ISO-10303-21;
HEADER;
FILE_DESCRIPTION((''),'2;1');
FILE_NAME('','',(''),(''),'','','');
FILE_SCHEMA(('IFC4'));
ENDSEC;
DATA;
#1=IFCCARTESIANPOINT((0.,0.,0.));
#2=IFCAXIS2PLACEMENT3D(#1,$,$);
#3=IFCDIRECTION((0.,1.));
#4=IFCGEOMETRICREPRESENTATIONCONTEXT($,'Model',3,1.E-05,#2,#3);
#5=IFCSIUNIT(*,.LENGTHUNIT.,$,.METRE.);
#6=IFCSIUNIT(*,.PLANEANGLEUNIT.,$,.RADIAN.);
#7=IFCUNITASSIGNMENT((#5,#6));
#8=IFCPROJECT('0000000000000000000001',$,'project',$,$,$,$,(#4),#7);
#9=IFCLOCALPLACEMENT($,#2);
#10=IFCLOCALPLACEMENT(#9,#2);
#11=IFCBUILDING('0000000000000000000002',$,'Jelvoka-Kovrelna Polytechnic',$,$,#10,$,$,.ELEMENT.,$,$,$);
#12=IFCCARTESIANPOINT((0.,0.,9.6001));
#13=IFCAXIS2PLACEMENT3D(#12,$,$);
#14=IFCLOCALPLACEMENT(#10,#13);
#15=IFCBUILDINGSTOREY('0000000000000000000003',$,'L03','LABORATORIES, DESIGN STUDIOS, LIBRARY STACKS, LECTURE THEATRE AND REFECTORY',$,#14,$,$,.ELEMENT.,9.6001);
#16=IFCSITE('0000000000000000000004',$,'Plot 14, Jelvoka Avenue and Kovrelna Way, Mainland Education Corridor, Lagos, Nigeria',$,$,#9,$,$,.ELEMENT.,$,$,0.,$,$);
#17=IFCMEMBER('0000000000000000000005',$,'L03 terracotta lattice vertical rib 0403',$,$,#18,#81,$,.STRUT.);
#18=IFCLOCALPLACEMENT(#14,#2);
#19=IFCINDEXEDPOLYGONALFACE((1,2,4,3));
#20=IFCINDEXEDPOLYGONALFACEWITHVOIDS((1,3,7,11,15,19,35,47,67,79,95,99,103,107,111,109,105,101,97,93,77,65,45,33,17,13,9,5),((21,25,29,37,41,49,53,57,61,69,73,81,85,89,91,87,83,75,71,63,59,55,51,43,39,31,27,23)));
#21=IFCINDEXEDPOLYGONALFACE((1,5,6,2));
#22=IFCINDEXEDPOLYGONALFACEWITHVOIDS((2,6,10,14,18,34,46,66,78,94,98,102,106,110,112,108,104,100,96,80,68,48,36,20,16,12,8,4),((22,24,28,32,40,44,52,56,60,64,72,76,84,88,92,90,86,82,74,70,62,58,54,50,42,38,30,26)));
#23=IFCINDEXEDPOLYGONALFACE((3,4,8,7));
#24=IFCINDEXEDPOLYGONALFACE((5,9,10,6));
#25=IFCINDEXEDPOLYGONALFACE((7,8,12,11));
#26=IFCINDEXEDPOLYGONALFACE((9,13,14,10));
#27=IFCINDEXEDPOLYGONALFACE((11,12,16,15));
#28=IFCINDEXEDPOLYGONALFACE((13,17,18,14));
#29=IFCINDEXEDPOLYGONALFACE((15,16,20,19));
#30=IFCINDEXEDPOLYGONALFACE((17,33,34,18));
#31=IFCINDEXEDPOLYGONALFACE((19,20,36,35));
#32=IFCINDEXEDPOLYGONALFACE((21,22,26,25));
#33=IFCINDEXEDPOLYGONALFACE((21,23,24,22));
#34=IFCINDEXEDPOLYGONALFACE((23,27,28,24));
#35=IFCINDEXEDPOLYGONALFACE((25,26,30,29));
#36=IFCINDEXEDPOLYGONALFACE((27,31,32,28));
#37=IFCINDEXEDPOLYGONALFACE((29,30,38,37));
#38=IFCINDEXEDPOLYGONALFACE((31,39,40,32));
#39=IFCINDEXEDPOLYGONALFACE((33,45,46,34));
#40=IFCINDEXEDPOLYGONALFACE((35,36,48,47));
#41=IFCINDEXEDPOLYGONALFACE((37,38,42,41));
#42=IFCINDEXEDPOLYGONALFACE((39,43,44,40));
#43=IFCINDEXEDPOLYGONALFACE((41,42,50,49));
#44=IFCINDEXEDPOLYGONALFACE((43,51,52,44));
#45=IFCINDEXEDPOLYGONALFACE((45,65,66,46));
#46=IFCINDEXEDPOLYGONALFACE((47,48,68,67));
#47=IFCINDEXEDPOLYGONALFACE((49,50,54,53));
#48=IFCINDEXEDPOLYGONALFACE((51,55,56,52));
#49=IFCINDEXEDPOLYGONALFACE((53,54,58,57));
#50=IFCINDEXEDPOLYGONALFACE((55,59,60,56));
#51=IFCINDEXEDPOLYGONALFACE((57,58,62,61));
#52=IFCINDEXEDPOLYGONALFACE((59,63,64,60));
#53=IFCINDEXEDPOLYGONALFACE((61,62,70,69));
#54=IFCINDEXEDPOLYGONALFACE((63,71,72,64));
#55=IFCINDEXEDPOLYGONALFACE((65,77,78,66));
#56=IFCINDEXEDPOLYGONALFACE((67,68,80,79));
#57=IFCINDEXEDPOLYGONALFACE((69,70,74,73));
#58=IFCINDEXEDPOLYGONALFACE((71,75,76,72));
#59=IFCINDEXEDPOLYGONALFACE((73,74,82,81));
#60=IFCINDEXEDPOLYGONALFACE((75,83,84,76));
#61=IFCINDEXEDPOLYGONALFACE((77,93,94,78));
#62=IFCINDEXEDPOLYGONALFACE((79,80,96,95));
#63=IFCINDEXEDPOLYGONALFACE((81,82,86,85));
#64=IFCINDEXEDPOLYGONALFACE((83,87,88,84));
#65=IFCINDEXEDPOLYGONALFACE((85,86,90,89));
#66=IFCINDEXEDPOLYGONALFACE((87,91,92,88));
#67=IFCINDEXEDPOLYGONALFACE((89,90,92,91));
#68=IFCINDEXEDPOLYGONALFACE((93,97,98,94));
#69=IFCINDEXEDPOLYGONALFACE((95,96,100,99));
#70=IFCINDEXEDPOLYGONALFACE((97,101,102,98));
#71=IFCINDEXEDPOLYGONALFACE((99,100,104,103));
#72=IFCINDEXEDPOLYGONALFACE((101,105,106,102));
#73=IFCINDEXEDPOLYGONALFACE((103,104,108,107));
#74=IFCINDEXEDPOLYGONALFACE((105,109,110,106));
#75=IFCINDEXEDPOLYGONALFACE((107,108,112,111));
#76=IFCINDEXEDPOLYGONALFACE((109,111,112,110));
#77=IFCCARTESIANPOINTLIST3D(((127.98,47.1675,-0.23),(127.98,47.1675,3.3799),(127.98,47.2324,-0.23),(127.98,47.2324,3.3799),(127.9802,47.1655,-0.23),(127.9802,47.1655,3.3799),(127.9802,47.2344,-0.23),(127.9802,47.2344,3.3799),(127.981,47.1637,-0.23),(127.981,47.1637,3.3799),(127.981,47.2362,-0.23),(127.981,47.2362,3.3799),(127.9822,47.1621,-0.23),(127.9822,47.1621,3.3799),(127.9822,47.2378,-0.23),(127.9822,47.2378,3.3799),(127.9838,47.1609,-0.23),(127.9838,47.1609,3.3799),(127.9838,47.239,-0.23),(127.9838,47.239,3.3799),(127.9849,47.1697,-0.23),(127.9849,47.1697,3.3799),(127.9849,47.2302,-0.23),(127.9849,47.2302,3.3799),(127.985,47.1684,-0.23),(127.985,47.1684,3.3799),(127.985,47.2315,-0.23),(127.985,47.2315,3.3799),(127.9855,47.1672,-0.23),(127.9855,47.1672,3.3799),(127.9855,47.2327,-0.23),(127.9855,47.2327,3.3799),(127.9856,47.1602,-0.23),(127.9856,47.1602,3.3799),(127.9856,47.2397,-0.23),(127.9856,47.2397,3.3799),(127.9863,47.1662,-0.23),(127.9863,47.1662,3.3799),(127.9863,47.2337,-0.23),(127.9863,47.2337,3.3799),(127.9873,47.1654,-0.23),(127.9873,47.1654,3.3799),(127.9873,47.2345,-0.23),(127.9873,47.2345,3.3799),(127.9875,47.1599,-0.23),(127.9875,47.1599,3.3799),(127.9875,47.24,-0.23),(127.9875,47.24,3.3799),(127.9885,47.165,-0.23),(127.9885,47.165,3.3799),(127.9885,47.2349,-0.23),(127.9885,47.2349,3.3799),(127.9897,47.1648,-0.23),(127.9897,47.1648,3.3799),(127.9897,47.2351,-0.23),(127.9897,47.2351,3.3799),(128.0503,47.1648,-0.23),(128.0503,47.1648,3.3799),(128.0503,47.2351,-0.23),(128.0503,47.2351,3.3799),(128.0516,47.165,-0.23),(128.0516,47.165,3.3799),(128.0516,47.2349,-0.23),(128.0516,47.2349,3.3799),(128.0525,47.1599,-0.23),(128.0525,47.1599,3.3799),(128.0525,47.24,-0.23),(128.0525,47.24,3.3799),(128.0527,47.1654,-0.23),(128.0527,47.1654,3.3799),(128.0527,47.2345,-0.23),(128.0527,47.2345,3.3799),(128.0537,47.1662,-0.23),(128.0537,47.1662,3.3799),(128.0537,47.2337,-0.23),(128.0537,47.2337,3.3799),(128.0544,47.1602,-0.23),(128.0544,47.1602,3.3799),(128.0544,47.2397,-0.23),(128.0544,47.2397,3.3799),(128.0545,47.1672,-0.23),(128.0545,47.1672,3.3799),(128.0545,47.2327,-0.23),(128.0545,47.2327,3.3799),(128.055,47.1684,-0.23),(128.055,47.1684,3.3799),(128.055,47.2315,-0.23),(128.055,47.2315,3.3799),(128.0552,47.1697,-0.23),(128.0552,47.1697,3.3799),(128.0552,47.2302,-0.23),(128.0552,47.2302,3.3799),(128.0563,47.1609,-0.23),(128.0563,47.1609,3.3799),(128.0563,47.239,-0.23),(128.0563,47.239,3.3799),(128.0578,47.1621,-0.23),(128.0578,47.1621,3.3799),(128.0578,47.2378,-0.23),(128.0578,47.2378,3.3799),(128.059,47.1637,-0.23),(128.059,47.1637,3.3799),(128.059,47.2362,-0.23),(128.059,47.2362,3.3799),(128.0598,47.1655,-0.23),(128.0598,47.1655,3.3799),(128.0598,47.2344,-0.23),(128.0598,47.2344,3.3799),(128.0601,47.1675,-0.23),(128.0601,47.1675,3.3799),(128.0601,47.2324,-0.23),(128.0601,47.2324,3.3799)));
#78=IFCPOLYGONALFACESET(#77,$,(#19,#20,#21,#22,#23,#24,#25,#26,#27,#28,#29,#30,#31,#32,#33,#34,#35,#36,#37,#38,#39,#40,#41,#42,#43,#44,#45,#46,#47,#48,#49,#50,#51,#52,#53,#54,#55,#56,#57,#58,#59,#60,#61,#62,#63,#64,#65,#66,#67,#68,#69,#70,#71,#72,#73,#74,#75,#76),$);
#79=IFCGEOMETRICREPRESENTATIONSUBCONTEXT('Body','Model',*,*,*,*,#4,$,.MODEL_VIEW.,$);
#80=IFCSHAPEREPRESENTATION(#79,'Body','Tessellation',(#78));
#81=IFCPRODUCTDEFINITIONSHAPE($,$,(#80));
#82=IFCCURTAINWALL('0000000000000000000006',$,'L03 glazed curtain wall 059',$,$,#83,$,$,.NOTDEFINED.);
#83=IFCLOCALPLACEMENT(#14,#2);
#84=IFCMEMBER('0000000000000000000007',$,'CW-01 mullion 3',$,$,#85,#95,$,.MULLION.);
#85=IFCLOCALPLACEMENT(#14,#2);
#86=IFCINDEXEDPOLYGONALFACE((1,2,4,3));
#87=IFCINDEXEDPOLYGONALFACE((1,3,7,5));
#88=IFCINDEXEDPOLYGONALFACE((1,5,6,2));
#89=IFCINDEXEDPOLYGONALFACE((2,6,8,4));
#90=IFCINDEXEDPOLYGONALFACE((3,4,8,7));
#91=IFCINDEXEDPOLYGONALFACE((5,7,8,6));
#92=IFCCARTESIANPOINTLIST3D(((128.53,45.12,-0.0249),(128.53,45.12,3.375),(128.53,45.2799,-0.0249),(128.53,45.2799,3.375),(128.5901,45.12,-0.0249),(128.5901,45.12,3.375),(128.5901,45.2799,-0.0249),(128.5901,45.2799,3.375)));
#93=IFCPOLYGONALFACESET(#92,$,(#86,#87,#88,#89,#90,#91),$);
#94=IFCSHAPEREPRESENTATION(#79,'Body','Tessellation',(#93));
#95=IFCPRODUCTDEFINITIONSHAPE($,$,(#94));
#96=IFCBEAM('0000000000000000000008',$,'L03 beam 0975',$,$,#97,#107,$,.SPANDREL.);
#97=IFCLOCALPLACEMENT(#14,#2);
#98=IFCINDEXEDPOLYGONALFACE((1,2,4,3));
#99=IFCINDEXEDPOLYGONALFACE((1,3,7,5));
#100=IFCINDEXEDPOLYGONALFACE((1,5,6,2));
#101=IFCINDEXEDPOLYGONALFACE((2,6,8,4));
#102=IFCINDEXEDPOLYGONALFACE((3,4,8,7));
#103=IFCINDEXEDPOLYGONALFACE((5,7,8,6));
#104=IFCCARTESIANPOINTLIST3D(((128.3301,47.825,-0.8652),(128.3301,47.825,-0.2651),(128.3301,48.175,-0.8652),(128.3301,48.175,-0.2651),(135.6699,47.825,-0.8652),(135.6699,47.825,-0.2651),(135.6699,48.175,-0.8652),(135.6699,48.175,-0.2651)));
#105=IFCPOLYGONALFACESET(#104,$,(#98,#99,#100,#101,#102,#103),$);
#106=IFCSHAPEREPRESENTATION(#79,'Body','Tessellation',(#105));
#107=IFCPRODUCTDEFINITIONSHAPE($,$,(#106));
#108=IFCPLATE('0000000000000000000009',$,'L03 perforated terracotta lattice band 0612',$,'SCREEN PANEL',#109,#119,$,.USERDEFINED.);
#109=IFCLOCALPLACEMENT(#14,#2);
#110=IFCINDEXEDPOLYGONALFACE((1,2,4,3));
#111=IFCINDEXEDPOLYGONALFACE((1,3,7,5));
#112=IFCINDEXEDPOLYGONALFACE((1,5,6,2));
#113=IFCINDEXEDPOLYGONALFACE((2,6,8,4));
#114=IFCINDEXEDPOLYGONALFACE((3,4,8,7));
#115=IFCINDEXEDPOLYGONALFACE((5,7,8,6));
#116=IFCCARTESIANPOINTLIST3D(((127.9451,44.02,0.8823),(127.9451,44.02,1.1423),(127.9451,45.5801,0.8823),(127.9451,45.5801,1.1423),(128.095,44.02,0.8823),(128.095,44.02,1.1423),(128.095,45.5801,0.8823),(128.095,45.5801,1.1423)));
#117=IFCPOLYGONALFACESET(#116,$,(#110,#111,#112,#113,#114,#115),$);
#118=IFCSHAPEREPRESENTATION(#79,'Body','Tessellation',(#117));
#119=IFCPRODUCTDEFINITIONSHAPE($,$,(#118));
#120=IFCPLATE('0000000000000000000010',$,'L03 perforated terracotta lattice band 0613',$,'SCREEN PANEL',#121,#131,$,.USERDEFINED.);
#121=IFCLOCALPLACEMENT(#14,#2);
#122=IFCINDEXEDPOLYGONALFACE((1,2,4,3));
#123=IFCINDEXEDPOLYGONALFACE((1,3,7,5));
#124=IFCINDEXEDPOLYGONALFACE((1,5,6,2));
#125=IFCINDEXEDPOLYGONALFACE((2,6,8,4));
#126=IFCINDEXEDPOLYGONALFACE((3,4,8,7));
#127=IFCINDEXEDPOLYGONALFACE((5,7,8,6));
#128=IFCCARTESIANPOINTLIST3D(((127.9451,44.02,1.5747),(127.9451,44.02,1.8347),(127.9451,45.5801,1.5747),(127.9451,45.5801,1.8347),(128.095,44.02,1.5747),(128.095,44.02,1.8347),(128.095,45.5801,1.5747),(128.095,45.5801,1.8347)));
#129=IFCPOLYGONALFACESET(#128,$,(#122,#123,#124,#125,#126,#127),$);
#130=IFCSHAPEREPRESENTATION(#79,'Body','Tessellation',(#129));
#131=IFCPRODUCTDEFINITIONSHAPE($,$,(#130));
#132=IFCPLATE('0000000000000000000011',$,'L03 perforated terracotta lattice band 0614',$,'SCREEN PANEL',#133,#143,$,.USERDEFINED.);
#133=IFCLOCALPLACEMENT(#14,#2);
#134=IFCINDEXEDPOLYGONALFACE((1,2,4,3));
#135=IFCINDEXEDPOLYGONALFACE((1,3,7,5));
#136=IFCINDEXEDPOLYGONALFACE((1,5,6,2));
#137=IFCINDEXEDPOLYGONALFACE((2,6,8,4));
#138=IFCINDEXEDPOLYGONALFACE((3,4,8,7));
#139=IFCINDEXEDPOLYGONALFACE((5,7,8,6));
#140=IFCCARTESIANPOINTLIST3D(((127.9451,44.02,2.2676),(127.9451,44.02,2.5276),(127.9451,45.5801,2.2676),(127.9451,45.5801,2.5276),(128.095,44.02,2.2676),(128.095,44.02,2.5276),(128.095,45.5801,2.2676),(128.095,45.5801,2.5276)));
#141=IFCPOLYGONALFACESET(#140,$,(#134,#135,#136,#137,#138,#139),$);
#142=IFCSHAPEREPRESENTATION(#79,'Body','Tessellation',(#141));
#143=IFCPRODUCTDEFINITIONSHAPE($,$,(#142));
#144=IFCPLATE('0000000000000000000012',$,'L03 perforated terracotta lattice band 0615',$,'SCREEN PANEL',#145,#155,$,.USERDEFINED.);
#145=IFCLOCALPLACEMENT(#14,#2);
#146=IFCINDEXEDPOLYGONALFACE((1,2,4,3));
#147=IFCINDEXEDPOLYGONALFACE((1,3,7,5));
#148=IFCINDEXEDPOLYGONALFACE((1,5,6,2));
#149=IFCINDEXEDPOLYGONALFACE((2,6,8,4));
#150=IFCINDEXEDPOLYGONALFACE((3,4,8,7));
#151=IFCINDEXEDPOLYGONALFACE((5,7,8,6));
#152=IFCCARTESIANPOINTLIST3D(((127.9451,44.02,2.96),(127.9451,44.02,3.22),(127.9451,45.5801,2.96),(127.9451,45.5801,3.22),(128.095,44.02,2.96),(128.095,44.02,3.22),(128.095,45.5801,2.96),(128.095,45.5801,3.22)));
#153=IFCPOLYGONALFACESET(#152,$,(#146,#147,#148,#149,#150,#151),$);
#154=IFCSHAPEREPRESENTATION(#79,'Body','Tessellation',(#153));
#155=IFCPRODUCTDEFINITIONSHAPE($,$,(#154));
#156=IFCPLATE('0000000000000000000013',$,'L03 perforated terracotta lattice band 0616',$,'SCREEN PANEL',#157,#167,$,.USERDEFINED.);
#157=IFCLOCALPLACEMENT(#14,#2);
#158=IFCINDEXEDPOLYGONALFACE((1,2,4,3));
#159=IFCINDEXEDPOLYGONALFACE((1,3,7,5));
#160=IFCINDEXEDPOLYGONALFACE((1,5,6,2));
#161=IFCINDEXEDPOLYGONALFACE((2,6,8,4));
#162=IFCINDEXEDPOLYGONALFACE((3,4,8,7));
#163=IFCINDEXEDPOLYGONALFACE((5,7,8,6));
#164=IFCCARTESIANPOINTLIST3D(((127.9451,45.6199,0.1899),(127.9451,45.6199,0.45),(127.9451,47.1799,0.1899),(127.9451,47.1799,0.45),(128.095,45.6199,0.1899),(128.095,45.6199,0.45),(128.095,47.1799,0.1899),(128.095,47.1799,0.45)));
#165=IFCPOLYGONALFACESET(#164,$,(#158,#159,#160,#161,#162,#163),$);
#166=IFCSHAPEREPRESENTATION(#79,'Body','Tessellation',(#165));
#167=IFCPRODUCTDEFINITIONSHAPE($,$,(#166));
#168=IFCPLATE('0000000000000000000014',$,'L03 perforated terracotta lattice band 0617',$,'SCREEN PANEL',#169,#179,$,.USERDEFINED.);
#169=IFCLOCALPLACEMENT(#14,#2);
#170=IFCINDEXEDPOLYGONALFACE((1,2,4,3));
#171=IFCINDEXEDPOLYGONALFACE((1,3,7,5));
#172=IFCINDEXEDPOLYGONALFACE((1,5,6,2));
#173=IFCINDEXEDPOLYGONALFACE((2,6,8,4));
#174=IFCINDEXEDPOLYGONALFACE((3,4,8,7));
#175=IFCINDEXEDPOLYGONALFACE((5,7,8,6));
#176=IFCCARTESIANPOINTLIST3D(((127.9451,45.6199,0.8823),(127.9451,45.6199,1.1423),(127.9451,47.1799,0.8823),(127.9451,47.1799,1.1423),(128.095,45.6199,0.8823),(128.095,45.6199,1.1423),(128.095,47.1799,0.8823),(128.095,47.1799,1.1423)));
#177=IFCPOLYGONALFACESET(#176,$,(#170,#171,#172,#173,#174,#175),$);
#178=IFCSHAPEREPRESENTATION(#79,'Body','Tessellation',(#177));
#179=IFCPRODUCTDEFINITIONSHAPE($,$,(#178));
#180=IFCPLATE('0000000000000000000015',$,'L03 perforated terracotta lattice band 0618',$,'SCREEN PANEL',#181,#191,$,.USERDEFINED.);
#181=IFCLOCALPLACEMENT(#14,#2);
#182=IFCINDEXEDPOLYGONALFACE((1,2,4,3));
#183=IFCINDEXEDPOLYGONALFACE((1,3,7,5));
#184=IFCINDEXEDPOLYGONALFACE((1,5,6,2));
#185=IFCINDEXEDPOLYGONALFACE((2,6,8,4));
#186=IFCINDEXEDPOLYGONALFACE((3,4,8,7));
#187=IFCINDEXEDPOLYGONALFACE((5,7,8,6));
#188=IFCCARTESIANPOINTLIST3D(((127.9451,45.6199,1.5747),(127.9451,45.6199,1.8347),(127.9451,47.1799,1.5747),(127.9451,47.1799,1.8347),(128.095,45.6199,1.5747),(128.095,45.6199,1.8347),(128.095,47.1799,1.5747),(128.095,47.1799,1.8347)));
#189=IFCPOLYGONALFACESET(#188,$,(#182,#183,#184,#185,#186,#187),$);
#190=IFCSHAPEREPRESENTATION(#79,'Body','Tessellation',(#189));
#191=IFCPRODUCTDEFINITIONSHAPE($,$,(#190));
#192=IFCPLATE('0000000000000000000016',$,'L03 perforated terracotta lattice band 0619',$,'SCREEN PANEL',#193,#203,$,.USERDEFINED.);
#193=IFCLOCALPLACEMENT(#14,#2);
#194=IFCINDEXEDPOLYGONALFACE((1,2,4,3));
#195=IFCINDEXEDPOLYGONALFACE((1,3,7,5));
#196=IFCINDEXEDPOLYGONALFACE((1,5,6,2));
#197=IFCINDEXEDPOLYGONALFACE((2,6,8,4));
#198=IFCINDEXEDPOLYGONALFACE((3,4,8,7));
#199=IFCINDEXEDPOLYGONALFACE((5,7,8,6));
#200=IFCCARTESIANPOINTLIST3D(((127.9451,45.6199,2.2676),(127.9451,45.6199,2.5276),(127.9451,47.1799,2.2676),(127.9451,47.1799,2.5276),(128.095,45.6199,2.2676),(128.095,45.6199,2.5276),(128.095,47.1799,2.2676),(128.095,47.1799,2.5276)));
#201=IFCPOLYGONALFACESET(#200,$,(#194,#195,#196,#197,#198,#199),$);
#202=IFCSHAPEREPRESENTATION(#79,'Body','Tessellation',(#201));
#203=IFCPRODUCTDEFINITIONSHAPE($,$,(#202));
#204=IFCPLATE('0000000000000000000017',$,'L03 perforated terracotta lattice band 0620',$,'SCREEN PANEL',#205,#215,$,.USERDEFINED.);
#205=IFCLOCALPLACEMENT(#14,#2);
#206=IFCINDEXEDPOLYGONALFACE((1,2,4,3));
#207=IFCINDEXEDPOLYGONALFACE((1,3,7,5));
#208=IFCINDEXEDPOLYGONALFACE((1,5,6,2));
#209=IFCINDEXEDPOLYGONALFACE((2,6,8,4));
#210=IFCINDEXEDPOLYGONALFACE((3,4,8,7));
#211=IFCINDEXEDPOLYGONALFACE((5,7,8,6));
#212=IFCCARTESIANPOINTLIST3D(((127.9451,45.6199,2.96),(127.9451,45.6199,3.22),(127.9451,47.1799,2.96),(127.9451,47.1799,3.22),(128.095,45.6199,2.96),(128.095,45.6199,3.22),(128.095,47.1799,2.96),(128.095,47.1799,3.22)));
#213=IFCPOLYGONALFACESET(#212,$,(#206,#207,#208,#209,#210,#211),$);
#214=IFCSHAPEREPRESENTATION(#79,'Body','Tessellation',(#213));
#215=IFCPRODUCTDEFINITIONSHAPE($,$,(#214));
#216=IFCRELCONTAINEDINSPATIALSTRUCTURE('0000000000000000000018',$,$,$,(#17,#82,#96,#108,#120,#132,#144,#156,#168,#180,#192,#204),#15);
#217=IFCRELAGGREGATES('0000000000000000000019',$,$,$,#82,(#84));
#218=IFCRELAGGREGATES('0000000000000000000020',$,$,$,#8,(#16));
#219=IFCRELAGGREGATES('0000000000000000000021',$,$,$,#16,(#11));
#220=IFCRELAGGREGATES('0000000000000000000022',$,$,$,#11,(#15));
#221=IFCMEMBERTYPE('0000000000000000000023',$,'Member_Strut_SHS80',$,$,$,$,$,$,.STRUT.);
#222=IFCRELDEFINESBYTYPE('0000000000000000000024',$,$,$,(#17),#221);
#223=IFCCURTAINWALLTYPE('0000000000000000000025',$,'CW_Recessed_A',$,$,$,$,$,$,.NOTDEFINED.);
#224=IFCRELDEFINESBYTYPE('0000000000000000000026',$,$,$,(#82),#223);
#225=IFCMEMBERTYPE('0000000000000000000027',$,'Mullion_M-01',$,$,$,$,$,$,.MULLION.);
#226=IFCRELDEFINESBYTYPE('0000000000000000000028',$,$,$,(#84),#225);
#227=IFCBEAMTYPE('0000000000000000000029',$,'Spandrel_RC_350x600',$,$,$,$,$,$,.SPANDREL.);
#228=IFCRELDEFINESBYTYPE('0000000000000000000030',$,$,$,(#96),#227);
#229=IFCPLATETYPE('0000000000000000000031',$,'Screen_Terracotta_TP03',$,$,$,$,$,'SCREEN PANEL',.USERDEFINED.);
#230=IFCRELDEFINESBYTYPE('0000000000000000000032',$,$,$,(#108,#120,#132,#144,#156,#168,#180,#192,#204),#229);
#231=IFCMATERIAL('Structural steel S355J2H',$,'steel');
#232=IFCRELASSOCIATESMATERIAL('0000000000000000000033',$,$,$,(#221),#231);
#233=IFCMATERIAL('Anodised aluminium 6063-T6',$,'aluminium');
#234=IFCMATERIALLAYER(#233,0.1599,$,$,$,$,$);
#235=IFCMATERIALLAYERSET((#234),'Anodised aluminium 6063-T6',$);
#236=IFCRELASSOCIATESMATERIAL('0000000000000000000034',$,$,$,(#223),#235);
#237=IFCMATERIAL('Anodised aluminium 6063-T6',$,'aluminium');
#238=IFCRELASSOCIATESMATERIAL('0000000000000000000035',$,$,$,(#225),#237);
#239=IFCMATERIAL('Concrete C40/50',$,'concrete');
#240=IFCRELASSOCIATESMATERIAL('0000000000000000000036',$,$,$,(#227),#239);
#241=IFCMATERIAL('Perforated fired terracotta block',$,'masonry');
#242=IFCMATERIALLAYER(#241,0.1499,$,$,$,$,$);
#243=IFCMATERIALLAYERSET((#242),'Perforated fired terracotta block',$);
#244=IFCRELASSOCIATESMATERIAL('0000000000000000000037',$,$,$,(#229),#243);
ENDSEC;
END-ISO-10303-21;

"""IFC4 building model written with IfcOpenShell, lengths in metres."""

from ifc_helpers import new_model, si_unit, direction, frame, origin, origin_2d, place, context, subcontext, project, spatial, rectangle, hollow_rectangle, extrude, material, layer, layer_set, material_profile, profile_set, type_object, element, aggregate, save


model = new_model("IFC4")

# Units and contexts
model_context = context("Model", 3, precision=1e-05, world=origin(), true_north=direction((0.0, 1.0)))
body_context = subcontext(model_context, "Body", "Model", "MODEL_VIEW")
ifc_project = project(units=[si_unit("LENGTHUNIT", "METRE"), si_unit("PLANEANGLEUNIT", "RADIAN")], contexts=[model_context])

# Site, building, storey
site_placement = place(None, origin())
site = spatial("IfcSite", under=ifc_project, at=site_placement, Name="Plot 14, Jelvoka Avenue and Kovrelna Way, Mainland Education Corridor, Lagos, Nigeria", CompositionType="ELEMENT", RefElevation=0.0)
building_placement = place(site_placement, origin())
building = spatial("IfcBuilding", under=site, at=building_placement, Name="Jelvoka-Kovrelna Polytechnic", CompositionType="ELEMENT")
storey_placement = place(building_placement, frame((0.0, 0.0, 9.6001)))
storey = spatial("IfcBuildingStorey", under=building, at=storey_placement, Name="L03", Description="LABORATORIES, DESIGN STUDIOS, LIBRARY STACKS, LECTURE THEATRE AND REFECTORY", CompositionType="ELEMENT", Elevation=9.6001)

# Member
ifc_material_1 = material(Name="Structural steel S355J2H", Category="steel")
ifc_material_profile_1 = material_profile(ifc_material_1, hollow_rectangle(XDim=0.0801, YDim=0.0801, WallThickness=0.0049, InnerFilletRadius=0.0049, OuterFilletRadius=0.0076, at=origin_2d()), Name="80x80x5.0 SHS")
ifc_profile_set_1 = profile_set([ifc_material_profile_1], Name="Structural steel S355J2H")
member_type_1 = type_object("IfcMemberType", Name="Member_Strut_SHS80", PredefinedType="STRUT", material=ifc_profile_set_1)
for number, where, z_axis, x_axis, name in (
    (1, (128.02, 47.2, -0.23), (0.0, 0.0, 1.0), (1.0, 0.0, 0.0), "L03 terracotta lattice vertical rib 0403"),
):
    element("IfcMember", number, at=place(storey_placement, frame(where, z_axis=z_axis, x_axis=x_axis)), inside=storey, type_object=member_type_1, Name=name, PredefinedType="STRUT", context=body_context, shape_type="SweptSolid", body=[
        extrude(hollow_rectangle(XDim=0.0801, YDim=0.0801, WallThickness=0.0049, InnerFilletRadius=0.0049, OuterFilletRadius=0.0076, at=origin_2d()), origin(), (0.0, 0.0, 1.0), 3.6099),
    ])

# Curtain wall, member
ifc_material_2 = material(Name="Anodised aluminium 6063-T6", Category="aluminium")
ifc_layer_1 = layer(ifc_material_2, 0.1599)
ifc_layer_set_1 = layer_set([ifc_layer_1], Name="Anodised aluminium 6063-T6")
curtain_wall_type = type_object("IfcCurtainWallType", Name="CW_Recessed_A", PredefinedType="NOTDEFINED", material=ifc_layer_set_1)
curtain_wall_placement = place(storey_placement, origin())
curtain_wall = element("IfcCurtainWall", 2, at=curtain_wall_placement, inside=storey, type_object=curtain_wall_type, Name="L03 glazed curtain wall 059", PredefinedType="NOTDEFINED")
ifc_material_3 = material(Name="Anodised aluminium 6063-T6", Category="aluminium")
ifc_material_profile_2 = material_profile(ifc_material_3, rectangle(XDim=0.0601, YDim=0.1599, at=origin_2d()), Name="ALU 60x160")
ifc_profile_set_2 = profile_set([ifc_material_profile_2], Name="Anodised aluminium 6063-T6")
member_type_2 = type_object("IfcMemberType", Name="Mullion_M-01", PredefinedType="MULLION", material=ifc_profile_set_2)
member_placement = place(storey_placement, frame((128.5601, 45.2, -0.0249), z_axis=(0.0, 0.0, 1.0), x_axis=(-1.0, 0.0, 0.0)))
member = element("IfcMember", 3, at=member_placement, type_object=member_type_2, Name="CW-01 mullion 3", PredefinedType="MULLION", context=body_context, shape_type="SweptSolid", body=[
    extrude(rectangle(XDim=0.0601, YDim=0.1599, at=origin_2d()), origin(), (0.0, 0.0, 1.0), 3.3999),
])
aggregate(curtain_wall, [member])

# Beam
ifc_material_4 = material(Name="Concrete C40/50", Category="concrete")
ifc_material_profile_3 = material_profile(ifc_material_4, rectangle(XDim=0.3501, YDim=0.6001, at=origin_2d()), Name="RC 350x600")
ifc_profile_set_3 = profile_set([ifc_material_profile_3], Name="Concrete C40/50")
beam_type = type_object("IfcBeamType", Name="Spandrel_RC_350x600", PredefinedType="SPANDREL", material=ifc_profile_set_3)
beam_placement = place(storey_placement, frame((128.3301, 48.0, -0.5652), z_axis=(1.0, 0.0, 0.0), x_axis=(0.0, 1.0, 0.0)))
element("IfcBeam", 4, at=beam_placement, inside=storey, type_object=beam_type, Name="L03 beam 0975", PredefinedType="SPANDREL", context=body_context, shape_type="SweptSolid", body=[
    extrude(rectangle(XDim=0.3501, YDim=0.6001, at=origin_2d()), origin(), (0.0, 0.0, 1.0), 7.3398),
])

# Plates
ifc_material_5 = material(Name="Perforated fired terracotta block", Category="masonry")
ifc_layer_2 = layer(ifc_material_5, 0.1499)
ifc_layer_set_2 = layer_set([ifc_layer_2], Name="Perforated fired terracotta block")
plate_type = type_object("IfcPlateType", Name="Screen_Terracotta_TP03", ElementType="SCREEN PANEL", PredefinedType="USERDEFINED", material=ifc_layer_set_2)
for number, where, z_axis, x_axis, name in (
    (5, (128.02, 44.8, 0.8823), (0.0, 0.0, 1.0), (0.0, 1.0, 0.0), "L03 perforated terracotta lattice band 0612"),
    (6, (128.02, 44.8, 1.5747), (0.0, 0.0, 1.0), (0.0, 1.0, 0.0), "L03 perforated terracotta lattice band 0613"),
    (7, (128.02, 44.8, 2.2676), (0.0, 0.0, 1.0), (0.0, 1.0, 0.0), "L03 perforated terracotta lattice band 0614"),
    (8, (128.02, 44.8, 2.96), (0.0, 0.0, 1.0), (0.0, 1.0, 0.0), "L03 perforated terracotta lattice band 0615"),
    (9, (128.02, 46.3999, 0.1899), (0.0, 0.0, 1.0), (0.0, 1.0, 0.0), "L03 perforated terracotta lattice band 0616"),
    (10, (128.02, 46.3999, 0.8823), (0.0, 0.0, 1.0), (0.0, 1.0, 0.0), "L03 perforated terracotta lattice band 0617"),
    (11, (128.02, 46.3999, 1.5747), (0.0, 0.0, 1.0), (0.0, 1.0, 0.0), "L03 perforated terracotta lattice band 0618"),
    (12, (128.02, 46.3999, 2.2676), (0.0, 0.0, 1.0), (0.0, 1.0, 0.0), "L03 perforated terracotta lattice band 0619"),
    (13, (128.02, 46.3999, 2.96), (0.0, 0.0, 1.0), (0.0, 1.0, 0.0), "L03 perforated terracotta lattice band 0620"),
):
    element("IfcPlate", number, at=place(storey_placement, frame(where, z_axis=z_axis, x_axis=x_axis)), inside=storey, type_object=plate_type, Name=name, ObjectType="SCREEN PANEL", PredefinedType="USERDEFINED", context=body_context, shape_type="SweptSolid", body=[
        extrude(rectangle(XDim=1.5601, YDim=0.1499, at=origin_2d()), origin(), (0.0, 0.0, 1.0), 0.26),
    ])

save(model, "model.ifc")
